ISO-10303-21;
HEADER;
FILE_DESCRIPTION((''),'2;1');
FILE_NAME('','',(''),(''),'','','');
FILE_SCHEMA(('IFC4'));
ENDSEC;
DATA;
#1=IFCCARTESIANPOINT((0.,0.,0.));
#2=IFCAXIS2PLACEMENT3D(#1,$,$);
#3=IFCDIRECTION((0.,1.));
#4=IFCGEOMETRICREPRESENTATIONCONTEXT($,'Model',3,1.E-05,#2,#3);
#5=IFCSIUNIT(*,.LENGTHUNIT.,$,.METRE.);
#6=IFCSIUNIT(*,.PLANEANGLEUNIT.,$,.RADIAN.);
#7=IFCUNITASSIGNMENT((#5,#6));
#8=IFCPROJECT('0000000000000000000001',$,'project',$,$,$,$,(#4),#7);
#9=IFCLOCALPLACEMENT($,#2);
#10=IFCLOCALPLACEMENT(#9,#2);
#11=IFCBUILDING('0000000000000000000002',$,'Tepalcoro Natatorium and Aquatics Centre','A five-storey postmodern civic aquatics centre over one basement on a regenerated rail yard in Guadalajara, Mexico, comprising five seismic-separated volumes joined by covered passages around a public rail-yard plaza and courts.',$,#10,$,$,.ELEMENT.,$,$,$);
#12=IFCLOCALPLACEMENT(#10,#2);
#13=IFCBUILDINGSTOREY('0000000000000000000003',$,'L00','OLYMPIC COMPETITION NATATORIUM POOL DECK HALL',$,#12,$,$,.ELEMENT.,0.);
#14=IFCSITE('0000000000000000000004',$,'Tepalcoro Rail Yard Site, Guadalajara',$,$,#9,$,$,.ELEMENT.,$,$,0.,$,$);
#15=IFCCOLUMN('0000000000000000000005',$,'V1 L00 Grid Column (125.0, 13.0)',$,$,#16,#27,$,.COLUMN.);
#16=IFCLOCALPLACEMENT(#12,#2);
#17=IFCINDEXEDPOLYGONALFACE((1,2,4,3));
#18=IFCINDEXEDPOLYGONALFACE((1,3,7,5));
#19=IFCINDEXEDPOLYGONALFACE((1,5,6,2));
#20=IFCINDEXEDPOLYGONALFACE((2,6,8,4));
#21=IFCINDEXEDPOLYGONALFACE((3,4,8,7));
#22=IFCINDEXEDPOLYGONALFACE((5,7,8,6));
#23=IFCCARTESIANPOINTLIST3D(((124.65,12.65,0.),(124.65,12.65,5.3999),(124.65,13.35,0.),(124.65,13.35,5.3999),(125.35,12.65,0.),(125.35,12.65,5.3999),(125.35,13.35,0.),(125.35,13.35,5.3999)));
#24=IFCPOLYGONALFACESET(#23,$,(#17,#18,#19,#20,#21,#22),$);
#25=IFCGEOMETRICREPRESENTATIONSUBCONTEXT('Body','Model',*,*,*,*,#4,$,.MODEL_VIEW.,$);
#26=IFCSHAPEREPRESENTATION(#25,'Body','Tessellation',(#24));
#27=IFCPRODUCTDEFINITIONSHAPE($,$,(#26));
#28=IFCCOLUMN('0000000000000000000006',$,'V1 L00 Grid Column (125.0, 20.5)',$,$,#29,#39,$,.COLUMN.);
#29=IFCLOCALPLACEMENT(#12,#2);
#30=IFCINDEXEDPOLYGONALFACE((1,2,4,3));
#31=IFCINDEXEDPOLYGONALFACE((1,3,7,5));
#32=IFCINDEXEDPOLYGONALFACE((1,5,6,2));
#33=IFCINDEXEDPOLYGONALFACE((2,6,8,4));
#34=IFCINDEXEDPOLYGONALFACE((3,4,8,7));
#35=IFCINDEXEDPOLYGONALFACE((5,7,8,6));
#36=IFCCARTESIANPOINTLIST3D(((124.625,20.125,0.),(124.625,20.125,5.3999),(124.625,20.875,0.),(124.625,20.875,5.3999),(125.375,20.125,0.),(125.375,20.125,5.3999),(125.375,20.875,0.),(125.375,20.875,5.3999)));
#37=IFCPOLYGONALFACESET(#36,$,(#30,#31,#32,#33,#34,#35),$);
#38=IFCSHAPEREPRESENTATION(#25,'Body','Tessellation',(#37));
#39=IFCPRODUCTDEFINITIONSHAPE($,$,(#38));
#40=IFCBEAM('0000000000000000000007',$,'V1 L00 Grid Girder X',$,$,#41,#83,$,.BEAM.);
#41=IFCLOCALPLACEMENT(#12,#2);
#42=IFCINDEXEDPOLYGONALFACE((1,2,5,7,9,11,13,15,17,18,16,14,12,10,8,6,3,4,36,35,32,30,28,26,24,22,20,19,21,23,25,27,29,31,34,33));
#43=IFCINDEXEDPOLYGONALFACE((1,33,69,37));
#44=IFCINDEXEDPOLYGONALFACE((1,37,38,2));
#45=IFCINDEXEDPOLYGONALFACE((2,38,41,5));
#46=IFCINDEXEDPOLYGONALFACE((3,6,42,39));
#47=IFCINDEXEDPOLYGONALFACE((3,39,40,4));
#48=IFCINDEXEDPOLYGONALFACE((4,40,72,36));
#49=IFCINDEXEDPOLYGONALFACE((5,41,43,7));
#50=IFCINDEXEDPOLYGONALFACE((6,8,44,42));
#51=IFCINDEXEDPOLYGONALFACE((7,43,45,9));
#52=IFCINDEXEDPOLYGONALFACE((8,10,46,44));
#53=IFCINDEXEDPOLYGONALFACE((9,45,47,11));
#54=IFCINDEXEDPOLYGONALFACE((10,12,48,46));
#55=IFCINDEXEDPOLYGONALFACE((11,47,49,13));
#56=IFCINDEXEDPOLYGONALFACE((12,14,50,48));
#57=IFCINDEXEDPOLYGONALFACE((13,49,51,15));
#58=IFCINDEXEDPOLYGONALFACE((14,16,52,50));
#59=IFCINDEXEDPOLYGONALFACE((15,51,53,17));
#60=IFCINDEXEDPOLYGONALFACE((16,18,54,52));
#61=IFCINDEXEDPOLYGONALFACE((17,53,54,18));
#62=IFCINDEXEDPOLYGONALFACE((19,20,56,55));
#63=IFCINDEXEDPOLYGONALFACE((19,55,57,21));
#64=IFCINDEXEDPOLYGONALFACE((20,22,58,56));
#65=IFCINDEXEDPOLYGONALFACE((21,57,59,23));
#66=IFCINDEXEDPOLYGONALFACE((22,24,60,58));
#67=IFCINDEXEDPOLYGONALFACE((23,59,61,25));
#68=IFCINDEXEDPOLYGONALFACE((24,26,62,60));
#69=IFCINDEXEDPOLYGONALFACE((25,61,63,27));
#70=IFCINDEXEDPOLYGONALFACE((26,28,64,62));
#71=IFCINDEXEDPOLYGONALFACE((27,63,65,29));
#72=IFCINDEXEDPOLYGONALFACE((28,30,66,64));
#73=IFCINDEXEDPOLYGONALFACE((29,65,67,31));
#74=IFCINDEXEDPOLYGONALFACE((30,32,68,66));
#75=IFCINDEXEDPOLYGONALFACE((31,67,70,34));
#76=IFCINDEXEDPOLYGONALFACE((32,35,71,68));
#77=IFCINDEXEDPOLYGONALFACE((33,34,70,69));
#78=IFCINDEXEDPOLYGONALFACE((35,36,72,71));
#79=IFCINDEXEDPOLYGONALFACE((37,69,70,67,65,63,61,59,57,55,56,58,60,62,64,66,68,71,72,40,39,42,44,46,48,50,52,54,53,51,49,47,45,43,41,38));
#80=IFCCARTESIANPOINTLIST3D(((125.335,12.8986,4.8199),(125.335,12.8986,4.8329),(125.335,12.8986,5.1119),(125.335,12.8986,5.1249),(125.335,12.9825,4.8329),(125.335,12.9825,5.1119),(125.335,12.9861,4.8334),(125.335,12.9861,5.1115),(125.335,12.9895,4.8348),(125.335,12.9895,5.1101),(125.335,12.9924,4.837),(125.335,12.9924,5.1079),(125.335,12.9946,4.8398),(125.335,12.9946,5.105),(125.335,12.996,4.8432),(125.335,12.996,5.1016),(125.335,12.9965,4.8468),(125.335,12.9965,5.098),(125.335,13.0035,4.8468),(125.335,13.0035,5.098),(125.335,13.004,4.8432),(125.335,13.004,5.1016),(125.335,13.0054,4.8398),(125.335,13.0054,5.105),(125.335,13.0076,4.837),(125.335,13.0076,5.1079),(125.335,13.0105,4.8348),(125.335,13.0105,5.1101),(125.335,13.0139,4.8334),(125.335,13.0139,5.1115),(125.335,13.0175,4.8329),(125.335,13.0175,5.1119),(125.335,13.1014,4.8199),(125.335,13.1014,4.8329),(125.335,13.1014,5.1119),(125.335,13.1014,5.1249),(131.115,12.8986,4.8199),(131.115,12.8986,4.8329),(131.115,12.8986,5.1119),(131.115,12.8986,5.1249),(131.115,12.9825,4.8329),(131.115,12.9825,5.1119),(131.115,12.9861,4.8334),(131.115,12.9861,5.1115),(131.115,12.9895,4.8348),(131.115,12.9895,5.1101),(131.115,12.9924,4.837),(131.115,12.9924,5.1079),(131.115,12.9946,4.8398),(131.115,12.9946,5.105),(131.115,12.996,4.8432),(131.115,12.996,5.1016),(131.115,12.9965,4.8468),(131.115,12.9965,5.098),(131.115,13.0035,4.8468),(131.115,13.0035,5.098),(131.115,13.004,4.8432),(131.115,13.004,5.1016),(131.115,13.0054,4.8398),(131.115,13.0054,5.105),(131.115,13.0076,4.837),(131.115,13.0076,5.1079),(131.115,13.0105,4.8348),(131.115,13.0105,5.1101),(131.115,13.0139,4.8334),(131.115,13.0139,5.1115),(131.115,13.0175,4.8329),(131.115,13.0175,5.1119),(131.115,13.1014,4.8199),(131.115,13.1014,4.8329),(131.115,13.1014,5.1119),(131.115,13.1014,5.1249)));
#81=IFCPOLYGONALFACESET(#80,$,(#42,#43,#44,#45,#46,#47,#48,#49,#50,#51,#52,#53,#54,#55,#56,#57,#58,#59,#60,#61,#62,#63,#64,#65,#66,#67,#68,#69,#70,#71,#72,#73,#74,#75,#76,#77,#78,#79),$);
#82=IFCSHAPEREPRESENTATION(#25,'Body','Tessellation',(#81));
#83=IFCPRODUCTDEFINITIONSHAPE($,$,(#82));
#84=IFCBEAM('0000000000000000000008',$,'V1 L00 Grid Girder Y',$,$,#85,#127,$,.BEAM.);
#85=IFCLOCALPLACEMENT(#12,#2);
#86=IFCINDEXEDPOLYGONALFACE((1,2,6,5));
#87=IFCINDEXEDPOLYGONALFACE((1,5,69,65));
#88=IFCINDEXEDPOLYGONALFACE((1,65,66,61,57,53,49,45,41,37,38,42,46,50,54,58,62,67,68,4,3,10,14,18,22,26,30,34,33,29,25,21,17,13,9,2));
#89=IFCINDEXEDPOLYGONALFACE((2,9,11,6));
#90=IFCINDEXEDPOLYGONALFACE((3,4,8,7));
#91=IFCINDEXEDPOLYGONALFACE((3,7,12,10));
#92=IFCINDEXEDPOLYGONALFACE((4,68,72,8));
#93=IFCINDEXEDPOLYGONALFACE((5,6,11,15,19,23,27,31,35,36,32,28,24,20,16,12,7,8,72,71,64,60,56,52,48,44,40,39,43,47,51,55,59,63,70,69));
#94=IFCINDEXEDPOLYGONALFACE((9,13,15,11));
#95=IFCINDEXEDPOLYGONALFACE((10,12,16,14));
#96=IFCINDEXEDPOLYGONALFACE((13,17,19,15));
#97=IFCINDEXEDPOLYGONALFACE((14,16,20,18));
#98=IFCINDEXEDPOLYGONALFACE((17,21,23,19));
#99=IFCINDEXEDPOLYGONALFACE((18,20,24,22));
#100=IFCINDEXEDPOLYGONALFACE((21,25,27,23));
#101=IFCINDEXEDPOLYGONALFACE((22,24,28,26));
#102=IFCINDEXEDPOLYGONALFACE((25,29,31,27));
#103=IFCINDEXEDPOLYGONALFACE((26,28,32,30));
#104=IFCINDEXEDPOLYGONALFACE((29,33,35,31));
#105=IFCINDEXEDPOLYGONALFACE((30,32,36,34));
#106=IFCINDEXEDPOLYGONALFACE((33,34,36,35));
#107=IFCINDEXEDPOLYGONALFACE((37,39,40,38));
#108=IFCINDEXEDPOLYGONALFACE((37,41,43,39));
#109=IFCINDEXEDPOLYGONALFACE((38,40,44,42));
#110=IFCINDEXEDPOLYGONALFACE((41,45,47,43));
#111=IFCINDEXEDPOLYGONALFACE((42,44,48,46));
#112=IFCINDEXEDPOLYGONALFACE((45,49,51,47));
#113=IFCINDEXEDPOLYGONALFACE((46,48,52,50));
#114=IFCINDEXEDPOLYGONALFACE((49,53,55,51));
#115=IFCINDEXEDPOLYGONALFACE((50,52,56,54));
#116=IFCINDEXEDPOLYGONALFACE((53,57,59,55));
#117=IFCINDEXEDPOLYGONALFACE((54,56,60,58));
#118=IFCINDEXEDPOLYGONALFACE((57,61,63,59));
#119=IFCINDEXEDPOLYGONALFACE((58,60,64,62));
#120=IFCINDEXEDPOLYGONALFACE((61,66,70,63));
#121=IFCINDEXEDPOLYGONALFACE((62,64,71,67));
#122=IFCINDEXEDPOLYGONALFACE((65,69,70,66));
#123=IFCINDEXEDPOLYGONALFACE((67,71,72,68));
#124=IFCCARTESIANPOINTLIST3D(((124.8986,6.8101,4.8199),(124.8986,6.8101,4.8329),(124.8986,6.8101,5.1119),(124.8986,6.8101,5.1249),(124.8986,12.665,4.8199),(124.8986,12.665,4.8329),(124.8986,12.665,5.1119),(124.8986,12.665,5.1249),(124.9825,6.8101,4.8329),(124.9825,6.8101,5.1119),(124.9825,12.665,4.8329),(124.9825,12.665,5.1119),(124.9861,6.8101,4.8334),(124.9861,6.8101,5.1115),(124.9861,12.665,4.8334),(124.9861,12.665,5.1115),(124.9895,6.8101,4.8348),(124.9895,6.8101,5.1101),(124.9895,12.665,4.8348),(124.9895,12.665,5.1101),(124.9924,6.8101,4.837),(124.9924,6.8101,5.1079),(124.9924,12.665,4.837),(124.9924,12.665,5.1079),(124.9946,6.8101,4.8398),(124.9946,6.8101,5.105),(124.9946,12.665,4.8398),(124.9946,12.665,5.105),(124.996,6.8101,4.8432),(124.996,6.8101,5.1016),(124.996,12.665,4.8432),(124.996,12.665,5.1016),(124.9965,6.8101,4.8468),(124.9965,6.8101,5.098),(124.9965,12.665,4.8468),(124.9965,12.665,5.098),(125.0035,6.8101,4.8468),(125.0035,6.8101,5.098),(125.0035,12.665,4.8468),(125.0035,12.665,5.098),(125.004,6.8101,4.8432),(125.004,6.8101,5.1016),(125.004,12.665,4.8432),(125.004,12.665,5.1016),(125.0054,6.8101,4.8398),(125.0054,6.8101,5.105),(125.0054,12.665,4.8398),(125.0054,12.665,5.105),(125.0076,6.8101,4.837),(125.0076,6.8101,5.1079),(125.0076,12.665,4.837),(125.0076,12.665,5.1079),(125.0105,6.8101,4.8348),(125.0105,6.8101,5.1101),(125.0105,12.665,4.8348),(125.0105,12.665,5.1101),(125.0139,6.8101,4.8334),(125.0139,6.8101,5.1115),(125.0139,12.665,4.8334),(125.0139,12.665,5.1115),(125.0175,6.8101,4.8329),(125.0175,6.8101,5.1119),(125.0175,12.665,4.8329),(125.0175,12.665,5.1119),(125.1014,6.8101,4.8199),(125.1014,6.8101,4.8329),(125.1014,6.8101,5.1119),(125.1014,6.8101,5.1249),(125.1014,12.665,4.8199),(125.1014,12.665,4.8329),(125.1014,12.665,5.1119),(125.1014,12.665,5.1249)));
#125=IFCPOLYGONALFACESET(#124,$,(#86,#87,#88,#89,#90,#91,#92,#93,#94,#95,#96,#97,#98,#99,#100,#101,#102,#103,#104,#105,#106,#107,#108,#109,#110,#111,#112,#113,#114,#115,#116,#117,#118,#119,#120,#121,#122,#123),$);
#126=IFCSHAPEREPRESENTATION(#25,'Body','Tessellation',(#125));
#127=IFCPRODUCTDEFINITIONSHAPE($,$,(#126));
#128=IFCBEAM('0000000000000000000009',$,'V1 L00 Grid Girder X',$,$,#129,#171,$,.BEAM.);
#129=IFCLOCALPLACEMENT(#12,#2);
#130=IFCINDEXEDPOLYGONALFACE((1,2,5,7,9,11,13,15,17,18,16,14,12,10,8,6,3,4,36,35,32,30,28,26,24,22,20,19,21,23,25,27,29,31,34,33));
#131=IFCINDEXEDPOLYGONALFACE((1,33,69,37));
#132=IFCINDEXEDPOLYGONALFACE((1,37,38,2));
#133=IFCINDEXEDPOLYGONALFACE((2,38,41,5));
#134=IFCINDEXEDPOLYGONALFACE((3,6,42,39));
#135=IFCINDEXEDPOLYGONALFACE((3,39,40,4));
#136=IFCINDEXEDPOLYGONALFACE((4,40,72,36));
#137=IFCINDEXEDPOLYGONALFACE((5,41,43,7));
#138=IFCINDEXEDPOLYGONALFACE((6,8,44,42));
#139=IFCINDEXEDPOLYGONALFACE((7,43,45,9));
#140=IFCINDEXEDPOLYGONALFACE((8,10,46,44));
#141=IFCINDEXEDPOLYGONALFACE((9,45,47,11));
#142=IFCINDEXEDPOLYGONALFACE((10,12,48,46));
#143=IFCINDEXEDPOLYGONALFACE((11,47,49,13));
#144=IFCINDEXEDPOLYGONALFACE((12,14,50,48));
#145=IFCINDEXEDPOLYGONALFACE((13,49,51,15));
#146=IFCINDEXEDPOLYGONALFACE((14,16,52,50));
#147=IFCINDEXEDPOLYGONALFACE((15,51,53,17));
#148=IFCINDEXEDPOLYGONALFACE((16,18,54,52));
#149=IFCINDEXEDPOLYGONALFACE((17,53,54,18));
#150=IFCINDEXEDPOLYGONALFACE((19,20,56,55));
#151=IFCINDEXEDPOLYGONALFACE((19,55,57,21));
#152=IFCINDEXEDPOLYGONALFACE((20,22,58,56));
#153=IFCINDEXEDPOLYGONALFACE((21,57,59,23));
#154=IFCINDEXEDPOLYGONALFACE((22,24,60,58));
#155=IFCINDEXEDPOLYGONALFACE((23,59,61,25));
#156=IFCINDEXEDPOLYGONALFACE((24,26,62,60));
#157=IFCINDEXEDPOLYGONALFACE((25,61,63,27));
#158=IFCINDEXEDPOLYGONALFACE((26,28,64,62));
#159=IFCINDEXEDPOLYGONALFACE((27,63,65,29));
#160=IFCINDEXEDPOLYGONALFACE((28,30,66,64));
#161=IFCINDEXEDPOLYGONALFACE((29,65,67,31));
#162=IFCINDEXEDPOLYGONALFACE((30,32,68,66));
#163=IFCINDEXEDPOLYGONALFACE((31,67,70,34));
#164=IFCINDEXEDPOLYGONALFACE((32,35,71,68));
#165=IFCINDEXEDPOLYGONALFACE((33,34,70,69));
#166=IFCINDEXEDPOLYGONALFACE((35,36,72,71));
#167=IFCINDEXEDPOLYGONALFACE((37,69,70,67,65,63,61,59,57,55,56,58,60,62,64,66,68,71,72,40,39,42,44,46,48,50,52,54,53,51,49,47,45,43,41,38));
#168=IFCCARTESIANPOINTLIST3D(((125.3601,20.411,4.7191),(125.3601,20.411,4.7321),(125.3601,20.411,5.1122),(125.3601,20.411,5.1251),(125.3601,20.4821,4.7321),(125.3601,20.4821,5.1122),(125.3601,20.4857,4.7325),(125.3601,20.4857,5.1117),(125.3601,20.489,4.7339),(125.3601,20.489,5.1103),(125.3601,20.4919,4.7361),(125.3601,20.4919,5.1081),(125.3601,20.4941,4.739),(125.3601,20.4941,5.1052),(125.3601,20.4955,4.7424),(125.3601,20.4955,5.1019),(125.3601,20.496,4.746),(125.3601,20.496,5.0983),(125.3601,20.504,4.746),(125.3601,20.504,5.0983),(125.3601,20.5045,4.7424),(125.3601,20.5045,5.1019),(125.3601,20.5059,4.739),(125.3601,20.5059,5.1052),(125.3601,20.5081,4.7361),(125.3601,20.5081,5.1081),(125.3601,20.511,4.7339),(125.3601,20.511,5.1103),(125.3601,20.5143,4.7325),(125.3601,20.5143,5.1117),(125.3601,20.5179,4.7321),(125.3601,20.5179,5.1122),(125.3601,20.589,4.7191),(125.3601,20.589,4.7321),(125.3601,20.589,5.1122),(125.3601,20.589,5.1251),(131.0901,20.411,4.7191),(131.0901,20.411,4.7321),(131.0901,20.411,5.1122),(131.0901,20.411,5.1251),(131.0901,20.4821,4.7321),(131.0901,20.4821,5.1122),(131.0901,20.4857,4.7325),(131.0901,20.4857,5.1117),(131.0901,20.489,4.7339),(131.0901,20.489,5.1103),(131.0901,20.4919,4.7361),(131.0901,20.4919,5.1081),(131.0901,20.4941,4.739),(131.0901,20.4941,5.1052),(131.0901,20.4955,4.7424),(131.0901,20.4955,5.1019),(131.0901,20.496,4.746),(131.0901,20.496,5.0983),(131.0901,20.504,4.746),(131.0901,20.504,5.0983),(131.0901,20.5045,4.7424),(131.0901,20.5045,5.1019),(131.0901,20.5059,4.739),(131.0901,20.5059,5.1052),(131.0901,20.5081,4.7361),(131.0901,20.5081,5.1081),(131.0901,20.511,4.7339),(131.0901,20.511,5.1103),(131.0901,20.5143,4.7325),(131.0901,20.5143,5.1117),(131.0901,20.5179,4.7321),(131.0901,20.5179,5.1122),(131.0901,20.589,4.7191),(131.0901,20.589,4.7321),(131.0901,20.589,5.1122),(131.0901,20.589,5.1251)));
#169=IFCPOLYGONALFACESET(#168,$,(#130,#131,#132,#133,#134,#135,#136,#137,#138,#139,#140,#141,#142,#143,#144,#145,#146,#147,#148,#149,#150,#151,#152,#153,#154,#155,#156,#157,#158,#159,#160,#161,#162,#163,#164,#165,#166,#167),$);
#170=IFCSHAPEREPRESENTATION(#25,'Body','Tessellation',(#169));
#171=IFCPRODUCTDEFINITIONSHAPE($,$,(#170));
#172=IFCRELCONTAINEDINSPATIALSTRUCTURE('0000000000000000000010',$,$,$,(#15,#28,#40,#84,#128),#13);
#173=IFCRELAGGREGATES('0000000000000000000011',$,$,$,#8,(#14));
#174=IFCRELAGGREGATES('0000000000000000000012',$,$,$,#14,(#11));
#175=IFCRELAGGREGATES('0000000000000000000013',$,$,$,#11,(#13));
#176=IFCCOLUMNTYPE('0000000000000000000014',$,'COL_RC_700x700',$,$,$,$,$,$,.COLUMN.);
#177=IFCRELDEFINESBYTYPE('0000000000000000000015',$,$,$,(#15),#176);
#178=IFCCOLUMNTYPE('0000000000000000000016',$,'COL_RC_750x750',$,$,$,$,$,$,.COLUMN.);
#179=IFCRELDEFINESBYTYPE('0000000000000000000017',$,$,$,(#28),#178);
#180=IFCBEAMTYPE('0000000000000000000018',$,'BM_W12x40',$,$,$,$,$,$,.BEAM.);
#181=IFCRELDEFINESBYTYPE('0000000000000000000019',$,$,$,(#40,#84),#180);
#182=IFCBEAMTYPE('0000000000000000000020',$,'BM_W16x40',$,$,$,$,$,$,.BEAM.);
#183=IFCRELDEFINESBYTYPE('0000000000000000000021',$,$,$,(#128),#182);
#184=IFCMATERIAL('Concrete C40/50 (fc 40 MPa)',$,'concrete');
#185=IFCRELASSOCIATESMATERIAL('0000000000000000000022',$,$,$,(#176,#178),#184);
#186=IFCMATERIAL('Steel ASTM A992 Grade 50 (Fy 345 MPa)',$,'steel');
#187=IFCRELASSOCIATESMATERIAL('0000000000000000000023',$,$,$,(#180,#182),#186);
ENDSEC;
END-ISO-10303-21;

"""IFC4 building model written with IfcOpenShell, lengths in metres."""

from ifc_helpers import new_model, si_unit, direction, frame, origin, origin_2d, place, context, subcontext, project, spatial, rectangle, i_section, extrude, material, material_profile, profile_set, type_object, element, save


model = new_model("IFC4")

# Units and contexts
model_context = context("Model", 3, precision=1e-05, world=origin(), true_north=direction((0.0, 1.0)))
body_context = subcontext(model_context, "Body", "Model", "MODEL_VIEW")
ifc_project = project(units=[si_unit("LENGTHUNIT", "METRE"), si_unit("PLANEANGLEUNIT", "RADIAN")], contexts=[model_context])

# Site, building, storey
site_placement = place(None, origin())
site = spatial("IfcSite", under=ifc_project, at=site_placement, Name="Tepalcoro Rail Yard Site, Guadalajara", CompositionType="ELEMENT", RefElevation=0.0)
building_placement = place(site_placement, origin())
building = spatial("IfcBuilding", under=site, at=building_placement, Name="Tepalcoro Natatorium and Aquatics Centre", Description="A five-storey postmodern civic aquatics centre over one basement on a regenerated rail yard in Guadalajara, Mexico, comprising five seismic-separated volumes joined by covered passages around a public rail-yard plaza and courts.", CompositionType="ELEMENT")
storey_placement = place(building_placement, origin())
storey = spatial("IfcBuildingStorey", under=building, at=storey_placement, Name="L00", Description="OLYMPIC COMPETITION NATATORIUM POOL DECK HALL", CompositionType="ELEMENT", Elevation=0.0)

# Columns
ifc_material_1 = material(Name="Concrete C40/50 (fc 40 MPa)", Category="concrete")
ifc_material_profile_1 = material_profile(ifc_material_1, rectangle(XDim=0.7, YDim=0.7, at=origin_2d()), Name="RC700x700")
ifc_profile_set_1 = profile_set([ifc_material_profile_1], Name="Concrete C40/50 (fc 40 MPa)")
column_type_1 = type_object("IfcColumnType", Name="COL_RC_700x700", PredefinedType="COLUMN", material=ifc_profile_set_1)
column_1_placement = place(storey_placement, frame((125.0, 13.0, 0.0), z_axis=(0.0, 0.0, 1.0), x_axis=(1.0, 0.0, 0.0)))
element("IfcColumn", 1, at=column_1_placement, inside=storey, type_object=column_type_1, Name="V1 L00 Grid Column (125.0, 13.0)", PredefinedType="COLUMN", context=body_context, shape_type="SweptSolid", body=[
    extrude(rectangle(XDim=0.7, YDim=0.7, at=origin_2d()), origin(), (0.0, 0.0, 1.0), 5.3999),
])
ifc_material_profile_2 = material_profile(ifc_material_1, rectangle(XDim=0.75, YDim=0.75, at=origin_2d()), Name="RC750x750")
ifc_profile_set_2 = profile_set([ifc_material_profile_2], Name="Concrete C40/50 (fc 40 MPa)")
column_type_2 = type_object("IfcColumnType", Name="COL_RC_750x750", PredefinedType="COLUMN", material=ifc_profile_set_2)
column_2_placement = place(storey_placement, frame((125.0, 20.5, 0.0), z_axis=(0.0, 0.0, 1.0), x_axis=(1.0, 0.0, 0.0)))
element("IfcColumn", 2, at=column_2_placement, inside=storey, type_object=column_type_2, Name="V1 L00 Grid Column (125.0, 20.5)", PredefinedType="COLUMN", context=body_context, shape_type="SweptSolid", body=[
    extrude(rectangle(XDim=0.75, YDim=0.75, at=origin_2d()), origin(), (0.0, 0.0, 1.0), 5.3999),
])

# Beams
ifc_material_2 = material(Name="Steel ASTM A992 Grade 50 (Fy 345 MPa)", Category="steel")
ifc_material_profile_3 = material_profile(ifc_material_2, i_section(OverallWidth=0.2029, OverallDepth=0.3049, WebThickness=0.0071, FlangeThickness=0.0129, FilletRadius=0.0139, at=origin_2d()), Name="W12X40")
ifc_profile_set_3 = profile_set([ifc_material_profile_3], Name="Steel ASTM A992 Grade 50 (Fy 345 MPa)")
beam_type_1 = type_object("IfcBeamType", Name="BM_W12x40", PredefinedType="BEAM", material=ifc_profile_set_3)
beam_1_placement = place(storey_placement, frame((125.335, 13.0, 4.9724), z_axis=(1.0, 0.0, 0.0), x_axis=(0.0, 1.0, 0.0)))
element("IfcBeam", 3, at=beam_1_placement, inside=storey, type_object=beam_type_1, Name="V1 L00 Grid Girder X", PredefinedType="BEAM", context=body_context, shape_type="SweptSolid", body=[
    extrude(i_section(OverallWidth=0.2029, OverallDepth=0.3049, WebThickness=0.0071, FlangeThickness=0.0129, FilletRadius=0.0139, at=origin_2d()), origin(), (0.0, 0.0, 1.0), 5.78),
])
beam_2_placement = place(storey_placement, frame((125.0, 6.8101, 4.9724), z_axis=(0.0, 1.0, 0.0), x_axis=(-1.0, 0.0, 0.0)))
element("IfcBeam", 4, at=beam_2_placement, inside=storey, type_object=beam_type_1, Name="V1 L00 Grid Girder Y", PredefinedType="BEAM", context=body_context, shape_type="SweptSolid", body=[
    extrude(i_section(OverallWidth=0.2029, OverallDepth=0.3049, WebThickness=0.0071, FlangeThickness=0.0129, FilletRadius=0.0139, at=origin_2d()), origin(), (0.0, 0.0, 1.0), 5.855),
])
ifc_material_profile_4 = material_profile(ifc_material_2, i_section(OverallWidth=0.178, OverallDepth=0.406, WebThickness=0.0081, FlangeThickness=0.0129, FilletRadius=0.0139, at=origin_2d()), Name="W16X40")
ifc_profile_set_4 = profile_set([ifc_material_profile_4], Name="Steel ASTM A992 Grade 50 (Fy 345 MPa)")
beam_type_2 = type_object("IfcBeamType", Name="BM_W16x40", PredefinedType="BEAM", material=ifc_profile_set_4)
beam_3_placement = place(storey_placement, frame((125.3601, 20.5, 4.9221), z_axis=(1.0, 0.0, 0.0), x_axis=(0.0, 1.0, 0.0)))
element("IfcBeam", 5, at=beam_3_placement, inside=storey, type_object=beam_type_2, Name="V1 L00 Grid Girder X", PredefinedType="BEAM", context=body_context, shape_type="SweptSolid", body=[
    extrude(i_section(OverallWidth=0.178, OverallDepth=0.406, WebThickness=0.0081, FlangeThickness=0.0129, FilletRadius=0.0139, at=origin_2d()), origin(), (0.0, 0.0, 1.0), 5.73),
])

save(model, "model.ifc")
